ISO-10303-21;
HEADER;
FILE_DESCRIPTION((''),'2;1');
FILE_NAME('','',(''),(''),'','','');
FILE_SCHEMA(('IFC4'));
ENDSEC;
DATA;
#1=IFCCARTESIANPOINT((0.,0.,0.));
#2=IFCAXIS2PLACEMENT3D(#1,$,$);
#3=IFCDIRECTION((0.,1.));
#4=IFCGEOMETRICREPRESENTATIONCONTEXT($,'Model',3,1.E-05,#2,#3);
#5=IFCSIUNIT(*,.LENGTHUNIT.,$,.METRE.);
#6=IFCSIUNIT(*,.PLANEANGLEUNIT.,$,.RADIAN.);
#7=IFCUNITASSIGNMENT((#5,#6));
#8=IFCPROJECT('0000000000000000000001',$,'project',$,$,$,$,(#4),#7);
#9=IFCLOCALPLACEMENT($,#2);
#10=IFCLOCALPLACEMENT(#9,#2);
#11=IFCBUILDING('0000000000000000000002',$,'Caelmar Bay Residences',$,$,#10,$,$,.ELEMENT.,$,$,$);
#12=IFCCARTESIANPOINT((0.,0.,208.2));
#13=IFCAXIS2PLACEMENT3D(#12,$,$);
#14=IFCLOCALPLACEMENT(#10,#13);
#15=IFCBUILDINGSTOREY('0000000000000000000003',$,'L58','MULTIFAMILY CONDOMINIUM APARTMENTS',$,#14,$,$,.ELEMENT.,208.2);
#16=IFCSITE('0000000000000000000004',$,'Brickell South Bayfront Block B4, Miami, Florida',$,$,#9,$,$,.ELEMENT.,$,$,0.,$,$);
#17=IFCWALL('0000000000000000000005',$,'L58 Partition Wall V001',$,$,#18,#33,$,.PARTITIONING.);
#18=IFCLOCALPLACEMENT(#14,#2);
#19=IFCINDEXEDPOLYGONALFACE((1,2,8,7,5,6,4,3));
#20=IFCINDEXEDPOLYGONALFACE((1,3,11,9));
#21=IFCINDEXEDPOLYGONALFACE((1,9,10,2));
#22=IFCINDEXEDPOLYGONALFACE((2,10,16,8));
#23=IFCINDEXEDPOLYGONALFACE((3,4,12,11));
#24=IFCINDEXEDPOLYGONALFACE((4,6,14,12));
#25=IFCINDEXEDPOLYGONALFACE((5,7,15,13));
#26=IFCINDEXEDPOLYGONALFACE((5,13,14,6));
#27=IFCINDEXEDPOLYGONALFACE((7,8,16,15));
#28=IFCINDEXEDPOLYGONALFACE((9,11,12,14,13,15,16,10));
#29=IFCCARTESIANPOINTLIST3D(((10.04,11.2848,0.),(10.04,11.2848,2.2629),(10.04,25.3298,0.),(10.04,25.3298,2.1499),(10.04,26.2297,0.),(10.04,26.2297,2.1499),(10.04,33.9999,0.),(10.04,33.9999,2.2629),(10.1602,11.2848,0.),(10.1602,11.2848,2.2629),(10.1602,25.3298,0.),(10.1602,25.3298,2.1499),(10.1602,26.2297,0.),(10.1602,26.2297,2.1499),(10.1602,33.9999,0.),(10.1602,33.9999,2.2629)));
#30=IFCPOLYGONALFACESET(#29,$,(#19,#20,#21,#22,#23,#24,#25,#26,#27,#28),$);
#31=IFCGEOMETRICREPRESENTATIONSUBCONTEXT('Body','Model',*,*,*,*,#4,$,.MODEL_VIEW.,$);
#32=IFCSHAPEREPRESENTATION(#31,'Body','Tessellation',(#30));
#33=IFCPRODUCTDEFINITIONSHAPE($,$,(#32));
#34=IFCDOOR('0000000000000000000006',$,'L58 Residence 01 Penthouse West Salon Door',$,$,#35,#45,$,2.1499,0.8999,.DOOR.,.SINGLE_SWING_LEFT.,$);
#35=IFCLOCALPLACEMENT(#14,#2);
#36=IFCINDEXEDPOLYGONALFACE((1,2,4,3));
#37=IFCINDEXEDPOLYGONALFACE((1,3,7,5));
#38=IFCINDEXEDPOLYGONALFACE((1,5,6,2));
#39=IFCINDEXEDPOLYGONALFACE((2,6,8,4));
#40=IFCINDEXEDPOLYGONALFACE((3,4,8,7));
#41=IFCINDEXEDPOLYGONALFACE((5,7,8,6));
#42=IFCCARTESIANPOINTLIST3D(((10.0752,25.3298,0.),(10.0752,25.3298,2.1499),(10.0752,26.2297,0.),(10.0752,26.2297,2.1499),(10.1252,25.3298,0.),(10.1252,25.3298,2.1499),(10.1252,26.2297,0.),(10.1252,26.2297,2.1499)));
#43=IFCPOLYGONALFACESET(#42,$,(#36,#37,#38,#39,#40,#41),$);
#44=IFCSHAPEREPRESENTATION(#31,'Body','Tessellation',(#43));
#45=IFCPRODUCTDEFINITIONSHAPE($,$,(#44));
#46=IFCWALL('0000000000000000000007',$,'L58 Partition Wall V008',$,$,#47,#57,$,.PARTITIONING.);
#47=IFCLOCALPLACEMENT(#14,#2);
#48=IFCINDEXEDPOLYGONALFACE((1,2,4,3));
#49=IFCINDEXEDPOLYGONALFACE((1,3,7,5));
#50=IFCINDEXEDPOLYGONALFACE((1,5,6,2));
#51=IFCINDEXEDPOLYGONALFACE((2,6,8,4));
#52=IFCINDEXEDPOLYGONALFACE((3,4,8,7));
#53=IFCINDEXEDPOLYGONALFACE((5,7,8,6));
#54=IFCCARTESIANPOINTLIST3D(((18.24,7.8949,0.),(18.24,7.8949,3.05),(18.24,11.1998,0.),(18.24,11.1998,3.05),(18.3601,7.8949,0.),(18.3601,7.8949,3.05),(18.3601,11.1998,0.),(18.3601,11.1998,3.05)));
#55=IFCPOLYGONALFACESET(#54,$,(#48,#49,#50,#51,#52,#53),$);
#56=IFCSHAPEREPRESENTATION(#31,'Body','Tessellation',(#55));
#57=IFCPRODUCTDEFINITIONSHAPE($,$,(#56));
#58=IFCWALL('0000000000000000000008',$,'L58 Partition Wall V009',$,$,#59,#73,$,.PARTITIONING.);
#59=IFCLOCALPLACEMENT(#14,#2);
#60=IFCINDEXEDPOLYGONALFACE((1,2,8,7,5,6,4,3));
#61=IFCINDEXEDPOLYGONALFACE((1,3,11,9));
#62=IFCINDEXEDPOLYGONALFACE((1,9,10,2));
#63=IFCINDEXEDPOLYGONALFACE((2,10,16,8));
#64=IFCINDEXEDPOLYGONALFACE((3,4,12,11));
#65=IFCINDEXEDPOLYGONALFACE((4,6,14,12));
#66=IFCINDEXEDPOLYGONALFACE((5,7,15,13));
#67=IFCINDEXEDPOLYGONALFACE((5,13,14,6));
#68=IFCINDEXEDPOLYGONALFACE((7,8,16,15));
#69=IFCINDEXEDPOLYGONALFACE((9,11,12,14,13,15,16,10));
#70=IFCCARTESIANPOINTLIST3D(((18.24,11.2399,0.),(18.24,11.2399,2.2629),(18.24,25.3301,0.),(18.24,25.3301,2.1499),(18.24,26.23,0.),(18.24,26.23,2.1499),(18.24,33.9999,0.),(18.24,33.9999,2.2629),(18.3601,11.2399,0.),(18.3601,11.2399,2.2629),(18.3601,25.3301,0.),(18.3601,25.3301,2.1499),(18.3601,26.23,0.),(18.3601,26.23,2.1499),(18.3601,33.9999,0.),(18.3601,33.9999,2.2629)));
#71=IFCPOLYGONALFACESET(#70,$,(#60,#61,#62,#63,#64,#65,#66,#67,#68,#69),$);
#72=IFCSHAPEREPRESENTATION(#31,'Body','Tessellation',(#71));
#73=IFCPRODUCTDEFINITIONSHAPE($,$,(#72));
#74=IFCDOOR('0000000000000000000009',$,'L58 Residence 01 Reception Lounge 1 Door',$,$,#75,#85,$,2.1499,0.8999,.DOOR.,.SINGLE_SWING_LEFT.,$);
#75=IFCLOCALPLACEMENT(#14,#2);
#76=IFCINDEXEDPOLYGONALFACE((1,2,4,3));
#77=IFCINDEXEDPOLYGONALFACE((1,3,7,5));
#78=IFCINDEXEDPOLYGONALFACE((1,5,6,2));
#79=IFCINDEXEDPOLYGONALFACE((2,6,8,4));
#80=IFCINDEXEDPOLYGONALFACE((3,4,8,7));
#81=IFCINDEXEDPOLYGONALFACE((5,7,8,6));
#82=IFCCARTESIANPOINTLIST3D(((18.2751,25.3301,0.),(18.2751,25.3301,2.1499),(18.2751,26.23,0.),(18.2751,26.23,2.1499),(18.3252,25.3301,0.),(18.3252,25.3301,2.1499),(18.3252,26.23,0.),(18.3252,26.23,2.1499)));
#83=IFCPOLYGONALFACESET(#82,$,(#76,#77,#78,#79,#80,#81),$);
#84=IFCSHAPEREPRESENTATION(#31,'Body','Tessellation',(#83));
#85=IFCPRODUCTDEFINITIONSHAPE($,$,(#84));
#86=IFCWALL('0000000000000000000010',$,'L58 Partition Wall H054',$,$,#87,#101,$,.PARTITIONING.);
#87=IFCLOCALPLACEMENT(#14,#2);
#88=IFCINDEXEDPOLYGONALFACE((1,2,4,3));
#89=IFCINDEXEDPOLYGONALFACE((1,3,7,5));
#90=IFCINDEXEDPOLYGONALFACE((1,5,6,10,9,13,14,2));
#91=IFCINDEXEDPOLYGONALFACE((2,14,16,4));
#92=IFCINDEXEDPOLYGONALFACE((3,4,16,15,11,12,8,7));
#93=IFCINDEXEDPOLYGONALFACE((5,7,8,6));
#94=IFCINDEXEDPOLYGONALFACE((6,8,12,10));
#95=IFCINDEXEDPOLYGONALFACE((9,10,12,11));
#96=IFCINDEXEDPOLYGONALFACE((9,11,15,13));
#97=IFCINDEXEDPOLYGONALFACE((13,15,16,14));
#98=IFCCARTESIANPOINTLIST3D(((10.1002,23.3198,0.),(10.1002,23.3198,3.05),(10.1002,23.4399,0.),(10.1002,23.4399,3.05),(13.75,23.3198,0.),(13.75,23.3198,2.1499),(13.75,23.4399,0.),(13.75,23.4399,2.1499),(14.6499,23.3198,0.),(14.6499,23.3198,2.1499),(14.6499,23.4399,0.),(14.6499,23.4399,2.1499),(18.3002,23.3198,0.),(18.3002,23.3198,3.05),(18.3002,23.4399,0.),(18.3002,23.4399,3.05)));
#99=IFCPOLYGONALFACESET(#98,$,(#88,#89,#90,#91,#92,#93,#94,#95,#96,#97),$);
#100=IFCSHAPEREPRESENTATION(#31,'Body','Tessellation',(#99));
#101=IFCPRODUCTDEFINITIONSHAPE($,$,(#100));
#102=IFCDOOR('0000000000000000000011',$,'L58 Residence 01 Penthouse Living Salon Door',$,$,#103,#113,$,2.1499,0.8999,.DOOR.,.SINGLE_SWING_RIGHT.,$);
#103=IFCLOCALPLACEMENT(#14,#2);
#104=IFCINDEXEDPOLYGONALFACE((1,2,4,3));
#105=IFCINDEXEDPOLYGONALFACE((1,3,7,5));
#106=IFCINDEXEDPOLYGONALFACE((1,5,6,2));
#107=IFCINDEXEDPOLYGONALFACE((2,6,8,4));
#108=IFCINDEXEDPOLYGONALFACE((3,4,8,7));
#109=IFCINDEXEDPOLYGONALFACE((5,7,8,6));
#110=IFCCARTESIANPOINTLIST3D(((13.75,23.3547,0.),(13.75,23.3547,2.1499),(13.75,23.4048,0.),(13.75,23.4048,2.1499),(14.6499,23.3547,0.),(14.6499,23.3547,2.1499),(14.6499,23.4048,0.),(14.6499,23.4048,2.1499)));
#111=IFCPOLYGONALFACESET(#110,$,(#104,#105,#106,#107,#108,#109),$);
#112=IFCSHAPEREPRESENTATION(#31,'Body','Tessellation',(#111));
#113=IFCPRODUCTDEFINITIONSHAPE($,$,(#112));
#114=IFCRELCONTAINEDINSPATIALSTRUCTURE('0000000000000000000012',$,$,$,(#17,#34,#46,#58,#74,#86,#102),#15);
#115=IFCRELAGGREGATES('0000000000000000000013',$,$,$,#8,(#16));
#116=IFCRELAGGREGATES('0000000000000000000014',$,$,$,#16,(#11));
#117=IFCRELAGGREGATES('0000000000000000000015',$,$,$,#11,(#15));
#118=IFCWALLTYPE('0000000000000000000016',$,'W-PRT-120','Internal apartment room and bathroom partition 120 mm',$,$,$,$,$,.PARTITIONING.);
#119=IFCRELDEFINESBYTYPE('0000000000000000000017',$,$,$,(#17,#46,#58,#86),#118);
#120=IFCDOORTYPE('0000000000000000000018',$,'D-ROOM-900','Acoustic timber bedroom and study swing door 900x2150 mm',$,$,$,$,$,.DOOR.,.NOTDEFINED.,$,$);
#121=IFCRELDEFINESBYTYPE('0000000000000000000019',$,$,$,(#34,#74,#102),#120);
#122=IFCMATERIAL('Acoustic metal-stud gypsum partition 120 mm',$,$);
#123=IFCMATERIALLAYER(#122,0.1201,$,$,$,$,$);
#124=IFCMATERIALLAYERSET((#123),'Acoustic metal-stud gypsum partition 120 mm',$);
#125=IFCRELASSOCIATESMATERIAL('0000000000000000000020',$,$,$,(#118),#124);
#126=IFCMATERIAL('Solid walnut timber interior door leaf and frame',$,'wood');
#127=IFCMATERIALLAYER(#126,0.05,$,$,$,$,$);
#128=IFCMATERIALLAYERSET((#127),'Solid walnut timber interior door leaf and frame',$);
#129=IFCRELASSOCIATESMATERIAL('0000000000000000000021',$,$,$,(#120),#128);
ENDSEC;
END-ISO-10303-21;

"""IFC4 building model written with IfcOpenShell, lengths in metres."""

from ifc_helpers import new_model, si_unit, direction, frame, frame_2d, origin, place, context, subcontext, project, spatial, rectangle, extrude, material, layer, layer_set, type_object, element, fill, save


model = new_model("IFC4")

# Units and contexts
model_context = context("Model", 3, precision=1e-05, world=origin(), true_north=direction((0.0, 1.0)))
body_context = subcontext(model_context, "Body", "Model", "MODEL_VIEW")
ifc_project = project(units=[si_unit("LENGTHUNIT", "METRE"), si_unit("PLANEANGLEUNIT", "RADIAN")], contexts=[model_context])

# Site, building, storey
site_placement = place(None, origin())
site = spatial("IfcSite", under=ifc_project, at=site_placement, Name="Brickell South Bayfront Block B4, Miami, Florida", CompositionType="ELEMENT", RefElevation=0.0)
building_placement = place(site_placement, origin())
building = spatial("IfcBuilding", under=site, at=building_placement, Name="Caelmar Bay Residences", CompositionType="ELEMENT")
storey_placement = place(building_placement, frame((0.0, 0.0, 208.2)))
storey = spatial("IfcBuildingStorey", under=building, at=storey_placement, Name="L58", Description="MULTIFAMILY CONDOMINIUM APARTMENTS", CompositionType="ELEMENT", Elevation=208.2)

# Wall, opening, door
ifc_material_1 = material(Name="Acoustic metal-stud gypsum partition 120 mm")
ifc_layer_1 = layer(ifc_material_1, 0.1201)
ifc_layer_set_1 = layer_set([ifc_layer_1], Name="Acoustic metal-stud gypsum partition 120 mm")
wall_type_1 = type_object("IfcWallType", Name="W-PRT-120", Description="Internal apartment room and bathroom partition 120 mm", PredefinedType="PARTITIONING", material=ifc_layer_set_1)
wall_1_placement = place(storey_placement, frame((10.1001, 11.2849, 0.0), z_axis=(0.0, 0.0, 1.0), x_axis=(0.0, 1.0, 0.0)))
wall_1 = element("IfcWall", 1, at=wall_1_placement, inside=storey, type_object=wall_type_1, Name="L58 Partition Wall V001", PredefinedType="PARTITIONING", context=body_context, shape_type="SweptSolid", body=[
    extrude(rectangle(XDim=22.7151, YDim=0.1201, at=frame_2d((11.3574, 0.0))), origin(), (0.0, 0.0, 1.0), 2.2629),
])
opening_1_placement = place(wall_1_placement, frame((14.0449, 0.0, 0.0)))
opening_1 = element("IfcOpeningElement", 2, at=opening_1_placement, cuts=wall_1, PredefinedType="OPENING", context=body_context, shape_type="SweptSolid", body=[
    extrude(rectangle(XDim=0.8999, YDim=2.1499, at=frame_2d((0.45, 1.075))), frame((0.0, 0.0701, 0.0), z_axis=(0.0, -1.0, 0.0), x_axis=(1.0, 0.0, 0.0)), (0.0, 0.0, 1.0), 0.1401),
])
ifc_material_2 = material(Name="Solid walnut timber interior door leaf and frame", Category="wood")
ifc_layer_2 = layer(ifc_material_2, 0.05)
ifc_layer_set_2 = layer_set([ifc_layer_2], Name="Solid walnut timber interior door leaf and frame")
door_type = type_object("IfcDoorType", Name="D-ROOM-900", Description="Acoustic timber bedroom and study swing door 900x2150 mm", OperationType="NOTDEFINED", PredefinedType="DOOR", material=ifc_layer_set_2)
door_1_placement = place(opening_1_placement, origin())
door_1 = element("IfcDoor", 3, at=door_1_placement, inside=storey, type_object=door_type, Name="L58 Residence 01 Penthouse West Salon Door", OperationType="SINGLE_SWING_LEFT", OverallHeight=2.1499, OverallWidth=0.8999, PredefinedType="DOOR", context=body_context, shape_type="SweptSolid", body=[
    extrude(rectangle(XDim=0.8999, YDim=2.1499, at=frame_2d((0.45, 1.075))), frame((0.0, 0.0249, 0.0), z_axis=(0.0, -1.0, 0.0), x_axis=(1.0, 0.0, 0.0)), (0.0, 0.0, 1.0), 0.05),
])
fill(opening_1, door_1)

# Wall
wall_2_placement = place(storey_placement, frame((18.3, 7.895, 0.0), z_axis=(0.0, 0.0, 1.0), x_axis=(0.0, 1.0, 0.0)))
element("IfcWall", 4, at=wall_2_placement, inside=storey, type_object=wall_type_1, Name="L58 Partition Wall V008", PredefinedType="PARTITIONING", context=body_context, shape_type="SweptSolid", body=[
    extrude(rectangle(XDim=3.3049, YDim=0.1201, at=frame_2d((1.6523, 0.0))), origin(), (0.0, 0.0, 1.0), 3.05),
])

# Walls, openings, doors
wall_3_placement = place(storey_placement, frame((18.3, 11.24, 0.0), z_axis=(0.0, 0.0, 1.0), x_axis=(0.0, 1.0, 0.0)))
wall_3 = element("IfcWall", 5, at=wall_3_placement, inside=storey, type_object=wall_type_1, Name="L58 Partition Wall V009", PredefinedType="PARTITIONING", context=body_context, shape_type="SweptSolid", body=[
    extrude(rectangle(XDim=22.76, YDim=0.1201, at=frame_2d((11.3799, 0.0))), origin(), (0.0, 0.0, 1.0), 2.2629),
])
opening_2_placement = place(wall_3_placement, frame((14.0901, 0.0, 0.0)))
opening_2 = element("IfcOpeningElement", 6, at=opening_2_placement, cuts=wall_3, PredefinedType="OPENING", context=body_context, shape_type="SweptSolid", body=[
    extrude(rectangle(XDim=0.8999, YDim=2.1499, at=frame_2d((0.45, 1.075))), frame((0.0, 0.0701, 0.0), z_axis=(0.0, -1.0, 0.0), x_axis=(1.0, 0.0, 0.0)), (0.0, 0.0, 1.0), 0.1401),
])
door_2_placement = place(opening_2_placement, origin())
door_2 = element("IfcDoor", 7, at=door_2_placement, inside=storey, type_object=door_type, Name="L58 Residence 01 Reception Lounge 1 Door", OperationType="SINGLE_SWING_LEFT", OverallHeight=2.1499, OverallWidth=0.8999, PredefinedType="DOOR", context=body_context, shape_type="SweptSolid", body=[
    extrude(rectangle(XDim=0.8999, YDim=2.1499, at=frame_2d((0.45, 1.075))), frame((0.0, 0.0249, 0.0), z_axis=(0.0, -1.0, 0.0), x_axis=(1.0, 0.0, 0.0)), (0.0, 0.0, 1.0), 0.05),
])
fill(opening_2, door_2)
wall_4_placement = place(storey_placement, frame((10.1001, 23.3799, 0.0), z_axis=(0.0, 0.0, 1.0), x_axis=(1.0, 0.0, 0.0)))
wall_4 = element("IfcWall", 8, at=wall_4_placement, inside=storey, type_object=wall_type_1, Name="L58 Partition Wall H054", PredefinedType="PARTITIONING", context=body_context, shape_type="SweptSolid", body=[
    extrude(rectangle(XDim=8.2, YDim=0.1201, at=frame_2d((4.1001, 0.0))), origin(), (0.0, 0.0, 1.0), 3.05),
])
opening_3_placement = place(wall_4_placement, frame((3.6499, 0.0, 0.0)))
opening_3 = element("IfcOpeningElement", 9, at=opening_3_placement, cuts=wall_4, PredefinedType="OPENING", context=body_context, shape_type="SweptSolid", body=[
    extrude(rectangle(XDim=0.8999, YDim=2.1499, at=frame_2d((0.45, 1.075))), frame((0.0, 0.0701, 0.0), z_axis=(0.0, -1.0, 0.0), x_axis=(1.0, 0.0, 0.0)), (0.0, 0.0, 1.0), 0.1401),
])
door_3_placement = place(opening_3_placement, origin())
door_3 = element("IfcDoor", 10, at=door_3_placement, inside=storey, type_object=door_type, Name="L58 Residence 01 Penthouse Living Salon Door", OperationType="SINGLE_SWING_RIGHT", OverallHeight=2.1499, OverallWidth=0.8999, PredefinedType="DOOR", context=body_context, shape_type="SweptSolid", body=[
    extrude(rectangle(XDim=0.8999, YDim=2.1499, at=frame_2d((0.45, 1.075))), frame((0.0, 0.0249, 0.0), z_axis=(0.0, -1.0, 0.0), x_axis=(1.0, 0.0, 0.0)), (0.0, 0.0, 1.0), 0.05),
])
fill(opening_3, door_3)

save(model, "model.ifc")
